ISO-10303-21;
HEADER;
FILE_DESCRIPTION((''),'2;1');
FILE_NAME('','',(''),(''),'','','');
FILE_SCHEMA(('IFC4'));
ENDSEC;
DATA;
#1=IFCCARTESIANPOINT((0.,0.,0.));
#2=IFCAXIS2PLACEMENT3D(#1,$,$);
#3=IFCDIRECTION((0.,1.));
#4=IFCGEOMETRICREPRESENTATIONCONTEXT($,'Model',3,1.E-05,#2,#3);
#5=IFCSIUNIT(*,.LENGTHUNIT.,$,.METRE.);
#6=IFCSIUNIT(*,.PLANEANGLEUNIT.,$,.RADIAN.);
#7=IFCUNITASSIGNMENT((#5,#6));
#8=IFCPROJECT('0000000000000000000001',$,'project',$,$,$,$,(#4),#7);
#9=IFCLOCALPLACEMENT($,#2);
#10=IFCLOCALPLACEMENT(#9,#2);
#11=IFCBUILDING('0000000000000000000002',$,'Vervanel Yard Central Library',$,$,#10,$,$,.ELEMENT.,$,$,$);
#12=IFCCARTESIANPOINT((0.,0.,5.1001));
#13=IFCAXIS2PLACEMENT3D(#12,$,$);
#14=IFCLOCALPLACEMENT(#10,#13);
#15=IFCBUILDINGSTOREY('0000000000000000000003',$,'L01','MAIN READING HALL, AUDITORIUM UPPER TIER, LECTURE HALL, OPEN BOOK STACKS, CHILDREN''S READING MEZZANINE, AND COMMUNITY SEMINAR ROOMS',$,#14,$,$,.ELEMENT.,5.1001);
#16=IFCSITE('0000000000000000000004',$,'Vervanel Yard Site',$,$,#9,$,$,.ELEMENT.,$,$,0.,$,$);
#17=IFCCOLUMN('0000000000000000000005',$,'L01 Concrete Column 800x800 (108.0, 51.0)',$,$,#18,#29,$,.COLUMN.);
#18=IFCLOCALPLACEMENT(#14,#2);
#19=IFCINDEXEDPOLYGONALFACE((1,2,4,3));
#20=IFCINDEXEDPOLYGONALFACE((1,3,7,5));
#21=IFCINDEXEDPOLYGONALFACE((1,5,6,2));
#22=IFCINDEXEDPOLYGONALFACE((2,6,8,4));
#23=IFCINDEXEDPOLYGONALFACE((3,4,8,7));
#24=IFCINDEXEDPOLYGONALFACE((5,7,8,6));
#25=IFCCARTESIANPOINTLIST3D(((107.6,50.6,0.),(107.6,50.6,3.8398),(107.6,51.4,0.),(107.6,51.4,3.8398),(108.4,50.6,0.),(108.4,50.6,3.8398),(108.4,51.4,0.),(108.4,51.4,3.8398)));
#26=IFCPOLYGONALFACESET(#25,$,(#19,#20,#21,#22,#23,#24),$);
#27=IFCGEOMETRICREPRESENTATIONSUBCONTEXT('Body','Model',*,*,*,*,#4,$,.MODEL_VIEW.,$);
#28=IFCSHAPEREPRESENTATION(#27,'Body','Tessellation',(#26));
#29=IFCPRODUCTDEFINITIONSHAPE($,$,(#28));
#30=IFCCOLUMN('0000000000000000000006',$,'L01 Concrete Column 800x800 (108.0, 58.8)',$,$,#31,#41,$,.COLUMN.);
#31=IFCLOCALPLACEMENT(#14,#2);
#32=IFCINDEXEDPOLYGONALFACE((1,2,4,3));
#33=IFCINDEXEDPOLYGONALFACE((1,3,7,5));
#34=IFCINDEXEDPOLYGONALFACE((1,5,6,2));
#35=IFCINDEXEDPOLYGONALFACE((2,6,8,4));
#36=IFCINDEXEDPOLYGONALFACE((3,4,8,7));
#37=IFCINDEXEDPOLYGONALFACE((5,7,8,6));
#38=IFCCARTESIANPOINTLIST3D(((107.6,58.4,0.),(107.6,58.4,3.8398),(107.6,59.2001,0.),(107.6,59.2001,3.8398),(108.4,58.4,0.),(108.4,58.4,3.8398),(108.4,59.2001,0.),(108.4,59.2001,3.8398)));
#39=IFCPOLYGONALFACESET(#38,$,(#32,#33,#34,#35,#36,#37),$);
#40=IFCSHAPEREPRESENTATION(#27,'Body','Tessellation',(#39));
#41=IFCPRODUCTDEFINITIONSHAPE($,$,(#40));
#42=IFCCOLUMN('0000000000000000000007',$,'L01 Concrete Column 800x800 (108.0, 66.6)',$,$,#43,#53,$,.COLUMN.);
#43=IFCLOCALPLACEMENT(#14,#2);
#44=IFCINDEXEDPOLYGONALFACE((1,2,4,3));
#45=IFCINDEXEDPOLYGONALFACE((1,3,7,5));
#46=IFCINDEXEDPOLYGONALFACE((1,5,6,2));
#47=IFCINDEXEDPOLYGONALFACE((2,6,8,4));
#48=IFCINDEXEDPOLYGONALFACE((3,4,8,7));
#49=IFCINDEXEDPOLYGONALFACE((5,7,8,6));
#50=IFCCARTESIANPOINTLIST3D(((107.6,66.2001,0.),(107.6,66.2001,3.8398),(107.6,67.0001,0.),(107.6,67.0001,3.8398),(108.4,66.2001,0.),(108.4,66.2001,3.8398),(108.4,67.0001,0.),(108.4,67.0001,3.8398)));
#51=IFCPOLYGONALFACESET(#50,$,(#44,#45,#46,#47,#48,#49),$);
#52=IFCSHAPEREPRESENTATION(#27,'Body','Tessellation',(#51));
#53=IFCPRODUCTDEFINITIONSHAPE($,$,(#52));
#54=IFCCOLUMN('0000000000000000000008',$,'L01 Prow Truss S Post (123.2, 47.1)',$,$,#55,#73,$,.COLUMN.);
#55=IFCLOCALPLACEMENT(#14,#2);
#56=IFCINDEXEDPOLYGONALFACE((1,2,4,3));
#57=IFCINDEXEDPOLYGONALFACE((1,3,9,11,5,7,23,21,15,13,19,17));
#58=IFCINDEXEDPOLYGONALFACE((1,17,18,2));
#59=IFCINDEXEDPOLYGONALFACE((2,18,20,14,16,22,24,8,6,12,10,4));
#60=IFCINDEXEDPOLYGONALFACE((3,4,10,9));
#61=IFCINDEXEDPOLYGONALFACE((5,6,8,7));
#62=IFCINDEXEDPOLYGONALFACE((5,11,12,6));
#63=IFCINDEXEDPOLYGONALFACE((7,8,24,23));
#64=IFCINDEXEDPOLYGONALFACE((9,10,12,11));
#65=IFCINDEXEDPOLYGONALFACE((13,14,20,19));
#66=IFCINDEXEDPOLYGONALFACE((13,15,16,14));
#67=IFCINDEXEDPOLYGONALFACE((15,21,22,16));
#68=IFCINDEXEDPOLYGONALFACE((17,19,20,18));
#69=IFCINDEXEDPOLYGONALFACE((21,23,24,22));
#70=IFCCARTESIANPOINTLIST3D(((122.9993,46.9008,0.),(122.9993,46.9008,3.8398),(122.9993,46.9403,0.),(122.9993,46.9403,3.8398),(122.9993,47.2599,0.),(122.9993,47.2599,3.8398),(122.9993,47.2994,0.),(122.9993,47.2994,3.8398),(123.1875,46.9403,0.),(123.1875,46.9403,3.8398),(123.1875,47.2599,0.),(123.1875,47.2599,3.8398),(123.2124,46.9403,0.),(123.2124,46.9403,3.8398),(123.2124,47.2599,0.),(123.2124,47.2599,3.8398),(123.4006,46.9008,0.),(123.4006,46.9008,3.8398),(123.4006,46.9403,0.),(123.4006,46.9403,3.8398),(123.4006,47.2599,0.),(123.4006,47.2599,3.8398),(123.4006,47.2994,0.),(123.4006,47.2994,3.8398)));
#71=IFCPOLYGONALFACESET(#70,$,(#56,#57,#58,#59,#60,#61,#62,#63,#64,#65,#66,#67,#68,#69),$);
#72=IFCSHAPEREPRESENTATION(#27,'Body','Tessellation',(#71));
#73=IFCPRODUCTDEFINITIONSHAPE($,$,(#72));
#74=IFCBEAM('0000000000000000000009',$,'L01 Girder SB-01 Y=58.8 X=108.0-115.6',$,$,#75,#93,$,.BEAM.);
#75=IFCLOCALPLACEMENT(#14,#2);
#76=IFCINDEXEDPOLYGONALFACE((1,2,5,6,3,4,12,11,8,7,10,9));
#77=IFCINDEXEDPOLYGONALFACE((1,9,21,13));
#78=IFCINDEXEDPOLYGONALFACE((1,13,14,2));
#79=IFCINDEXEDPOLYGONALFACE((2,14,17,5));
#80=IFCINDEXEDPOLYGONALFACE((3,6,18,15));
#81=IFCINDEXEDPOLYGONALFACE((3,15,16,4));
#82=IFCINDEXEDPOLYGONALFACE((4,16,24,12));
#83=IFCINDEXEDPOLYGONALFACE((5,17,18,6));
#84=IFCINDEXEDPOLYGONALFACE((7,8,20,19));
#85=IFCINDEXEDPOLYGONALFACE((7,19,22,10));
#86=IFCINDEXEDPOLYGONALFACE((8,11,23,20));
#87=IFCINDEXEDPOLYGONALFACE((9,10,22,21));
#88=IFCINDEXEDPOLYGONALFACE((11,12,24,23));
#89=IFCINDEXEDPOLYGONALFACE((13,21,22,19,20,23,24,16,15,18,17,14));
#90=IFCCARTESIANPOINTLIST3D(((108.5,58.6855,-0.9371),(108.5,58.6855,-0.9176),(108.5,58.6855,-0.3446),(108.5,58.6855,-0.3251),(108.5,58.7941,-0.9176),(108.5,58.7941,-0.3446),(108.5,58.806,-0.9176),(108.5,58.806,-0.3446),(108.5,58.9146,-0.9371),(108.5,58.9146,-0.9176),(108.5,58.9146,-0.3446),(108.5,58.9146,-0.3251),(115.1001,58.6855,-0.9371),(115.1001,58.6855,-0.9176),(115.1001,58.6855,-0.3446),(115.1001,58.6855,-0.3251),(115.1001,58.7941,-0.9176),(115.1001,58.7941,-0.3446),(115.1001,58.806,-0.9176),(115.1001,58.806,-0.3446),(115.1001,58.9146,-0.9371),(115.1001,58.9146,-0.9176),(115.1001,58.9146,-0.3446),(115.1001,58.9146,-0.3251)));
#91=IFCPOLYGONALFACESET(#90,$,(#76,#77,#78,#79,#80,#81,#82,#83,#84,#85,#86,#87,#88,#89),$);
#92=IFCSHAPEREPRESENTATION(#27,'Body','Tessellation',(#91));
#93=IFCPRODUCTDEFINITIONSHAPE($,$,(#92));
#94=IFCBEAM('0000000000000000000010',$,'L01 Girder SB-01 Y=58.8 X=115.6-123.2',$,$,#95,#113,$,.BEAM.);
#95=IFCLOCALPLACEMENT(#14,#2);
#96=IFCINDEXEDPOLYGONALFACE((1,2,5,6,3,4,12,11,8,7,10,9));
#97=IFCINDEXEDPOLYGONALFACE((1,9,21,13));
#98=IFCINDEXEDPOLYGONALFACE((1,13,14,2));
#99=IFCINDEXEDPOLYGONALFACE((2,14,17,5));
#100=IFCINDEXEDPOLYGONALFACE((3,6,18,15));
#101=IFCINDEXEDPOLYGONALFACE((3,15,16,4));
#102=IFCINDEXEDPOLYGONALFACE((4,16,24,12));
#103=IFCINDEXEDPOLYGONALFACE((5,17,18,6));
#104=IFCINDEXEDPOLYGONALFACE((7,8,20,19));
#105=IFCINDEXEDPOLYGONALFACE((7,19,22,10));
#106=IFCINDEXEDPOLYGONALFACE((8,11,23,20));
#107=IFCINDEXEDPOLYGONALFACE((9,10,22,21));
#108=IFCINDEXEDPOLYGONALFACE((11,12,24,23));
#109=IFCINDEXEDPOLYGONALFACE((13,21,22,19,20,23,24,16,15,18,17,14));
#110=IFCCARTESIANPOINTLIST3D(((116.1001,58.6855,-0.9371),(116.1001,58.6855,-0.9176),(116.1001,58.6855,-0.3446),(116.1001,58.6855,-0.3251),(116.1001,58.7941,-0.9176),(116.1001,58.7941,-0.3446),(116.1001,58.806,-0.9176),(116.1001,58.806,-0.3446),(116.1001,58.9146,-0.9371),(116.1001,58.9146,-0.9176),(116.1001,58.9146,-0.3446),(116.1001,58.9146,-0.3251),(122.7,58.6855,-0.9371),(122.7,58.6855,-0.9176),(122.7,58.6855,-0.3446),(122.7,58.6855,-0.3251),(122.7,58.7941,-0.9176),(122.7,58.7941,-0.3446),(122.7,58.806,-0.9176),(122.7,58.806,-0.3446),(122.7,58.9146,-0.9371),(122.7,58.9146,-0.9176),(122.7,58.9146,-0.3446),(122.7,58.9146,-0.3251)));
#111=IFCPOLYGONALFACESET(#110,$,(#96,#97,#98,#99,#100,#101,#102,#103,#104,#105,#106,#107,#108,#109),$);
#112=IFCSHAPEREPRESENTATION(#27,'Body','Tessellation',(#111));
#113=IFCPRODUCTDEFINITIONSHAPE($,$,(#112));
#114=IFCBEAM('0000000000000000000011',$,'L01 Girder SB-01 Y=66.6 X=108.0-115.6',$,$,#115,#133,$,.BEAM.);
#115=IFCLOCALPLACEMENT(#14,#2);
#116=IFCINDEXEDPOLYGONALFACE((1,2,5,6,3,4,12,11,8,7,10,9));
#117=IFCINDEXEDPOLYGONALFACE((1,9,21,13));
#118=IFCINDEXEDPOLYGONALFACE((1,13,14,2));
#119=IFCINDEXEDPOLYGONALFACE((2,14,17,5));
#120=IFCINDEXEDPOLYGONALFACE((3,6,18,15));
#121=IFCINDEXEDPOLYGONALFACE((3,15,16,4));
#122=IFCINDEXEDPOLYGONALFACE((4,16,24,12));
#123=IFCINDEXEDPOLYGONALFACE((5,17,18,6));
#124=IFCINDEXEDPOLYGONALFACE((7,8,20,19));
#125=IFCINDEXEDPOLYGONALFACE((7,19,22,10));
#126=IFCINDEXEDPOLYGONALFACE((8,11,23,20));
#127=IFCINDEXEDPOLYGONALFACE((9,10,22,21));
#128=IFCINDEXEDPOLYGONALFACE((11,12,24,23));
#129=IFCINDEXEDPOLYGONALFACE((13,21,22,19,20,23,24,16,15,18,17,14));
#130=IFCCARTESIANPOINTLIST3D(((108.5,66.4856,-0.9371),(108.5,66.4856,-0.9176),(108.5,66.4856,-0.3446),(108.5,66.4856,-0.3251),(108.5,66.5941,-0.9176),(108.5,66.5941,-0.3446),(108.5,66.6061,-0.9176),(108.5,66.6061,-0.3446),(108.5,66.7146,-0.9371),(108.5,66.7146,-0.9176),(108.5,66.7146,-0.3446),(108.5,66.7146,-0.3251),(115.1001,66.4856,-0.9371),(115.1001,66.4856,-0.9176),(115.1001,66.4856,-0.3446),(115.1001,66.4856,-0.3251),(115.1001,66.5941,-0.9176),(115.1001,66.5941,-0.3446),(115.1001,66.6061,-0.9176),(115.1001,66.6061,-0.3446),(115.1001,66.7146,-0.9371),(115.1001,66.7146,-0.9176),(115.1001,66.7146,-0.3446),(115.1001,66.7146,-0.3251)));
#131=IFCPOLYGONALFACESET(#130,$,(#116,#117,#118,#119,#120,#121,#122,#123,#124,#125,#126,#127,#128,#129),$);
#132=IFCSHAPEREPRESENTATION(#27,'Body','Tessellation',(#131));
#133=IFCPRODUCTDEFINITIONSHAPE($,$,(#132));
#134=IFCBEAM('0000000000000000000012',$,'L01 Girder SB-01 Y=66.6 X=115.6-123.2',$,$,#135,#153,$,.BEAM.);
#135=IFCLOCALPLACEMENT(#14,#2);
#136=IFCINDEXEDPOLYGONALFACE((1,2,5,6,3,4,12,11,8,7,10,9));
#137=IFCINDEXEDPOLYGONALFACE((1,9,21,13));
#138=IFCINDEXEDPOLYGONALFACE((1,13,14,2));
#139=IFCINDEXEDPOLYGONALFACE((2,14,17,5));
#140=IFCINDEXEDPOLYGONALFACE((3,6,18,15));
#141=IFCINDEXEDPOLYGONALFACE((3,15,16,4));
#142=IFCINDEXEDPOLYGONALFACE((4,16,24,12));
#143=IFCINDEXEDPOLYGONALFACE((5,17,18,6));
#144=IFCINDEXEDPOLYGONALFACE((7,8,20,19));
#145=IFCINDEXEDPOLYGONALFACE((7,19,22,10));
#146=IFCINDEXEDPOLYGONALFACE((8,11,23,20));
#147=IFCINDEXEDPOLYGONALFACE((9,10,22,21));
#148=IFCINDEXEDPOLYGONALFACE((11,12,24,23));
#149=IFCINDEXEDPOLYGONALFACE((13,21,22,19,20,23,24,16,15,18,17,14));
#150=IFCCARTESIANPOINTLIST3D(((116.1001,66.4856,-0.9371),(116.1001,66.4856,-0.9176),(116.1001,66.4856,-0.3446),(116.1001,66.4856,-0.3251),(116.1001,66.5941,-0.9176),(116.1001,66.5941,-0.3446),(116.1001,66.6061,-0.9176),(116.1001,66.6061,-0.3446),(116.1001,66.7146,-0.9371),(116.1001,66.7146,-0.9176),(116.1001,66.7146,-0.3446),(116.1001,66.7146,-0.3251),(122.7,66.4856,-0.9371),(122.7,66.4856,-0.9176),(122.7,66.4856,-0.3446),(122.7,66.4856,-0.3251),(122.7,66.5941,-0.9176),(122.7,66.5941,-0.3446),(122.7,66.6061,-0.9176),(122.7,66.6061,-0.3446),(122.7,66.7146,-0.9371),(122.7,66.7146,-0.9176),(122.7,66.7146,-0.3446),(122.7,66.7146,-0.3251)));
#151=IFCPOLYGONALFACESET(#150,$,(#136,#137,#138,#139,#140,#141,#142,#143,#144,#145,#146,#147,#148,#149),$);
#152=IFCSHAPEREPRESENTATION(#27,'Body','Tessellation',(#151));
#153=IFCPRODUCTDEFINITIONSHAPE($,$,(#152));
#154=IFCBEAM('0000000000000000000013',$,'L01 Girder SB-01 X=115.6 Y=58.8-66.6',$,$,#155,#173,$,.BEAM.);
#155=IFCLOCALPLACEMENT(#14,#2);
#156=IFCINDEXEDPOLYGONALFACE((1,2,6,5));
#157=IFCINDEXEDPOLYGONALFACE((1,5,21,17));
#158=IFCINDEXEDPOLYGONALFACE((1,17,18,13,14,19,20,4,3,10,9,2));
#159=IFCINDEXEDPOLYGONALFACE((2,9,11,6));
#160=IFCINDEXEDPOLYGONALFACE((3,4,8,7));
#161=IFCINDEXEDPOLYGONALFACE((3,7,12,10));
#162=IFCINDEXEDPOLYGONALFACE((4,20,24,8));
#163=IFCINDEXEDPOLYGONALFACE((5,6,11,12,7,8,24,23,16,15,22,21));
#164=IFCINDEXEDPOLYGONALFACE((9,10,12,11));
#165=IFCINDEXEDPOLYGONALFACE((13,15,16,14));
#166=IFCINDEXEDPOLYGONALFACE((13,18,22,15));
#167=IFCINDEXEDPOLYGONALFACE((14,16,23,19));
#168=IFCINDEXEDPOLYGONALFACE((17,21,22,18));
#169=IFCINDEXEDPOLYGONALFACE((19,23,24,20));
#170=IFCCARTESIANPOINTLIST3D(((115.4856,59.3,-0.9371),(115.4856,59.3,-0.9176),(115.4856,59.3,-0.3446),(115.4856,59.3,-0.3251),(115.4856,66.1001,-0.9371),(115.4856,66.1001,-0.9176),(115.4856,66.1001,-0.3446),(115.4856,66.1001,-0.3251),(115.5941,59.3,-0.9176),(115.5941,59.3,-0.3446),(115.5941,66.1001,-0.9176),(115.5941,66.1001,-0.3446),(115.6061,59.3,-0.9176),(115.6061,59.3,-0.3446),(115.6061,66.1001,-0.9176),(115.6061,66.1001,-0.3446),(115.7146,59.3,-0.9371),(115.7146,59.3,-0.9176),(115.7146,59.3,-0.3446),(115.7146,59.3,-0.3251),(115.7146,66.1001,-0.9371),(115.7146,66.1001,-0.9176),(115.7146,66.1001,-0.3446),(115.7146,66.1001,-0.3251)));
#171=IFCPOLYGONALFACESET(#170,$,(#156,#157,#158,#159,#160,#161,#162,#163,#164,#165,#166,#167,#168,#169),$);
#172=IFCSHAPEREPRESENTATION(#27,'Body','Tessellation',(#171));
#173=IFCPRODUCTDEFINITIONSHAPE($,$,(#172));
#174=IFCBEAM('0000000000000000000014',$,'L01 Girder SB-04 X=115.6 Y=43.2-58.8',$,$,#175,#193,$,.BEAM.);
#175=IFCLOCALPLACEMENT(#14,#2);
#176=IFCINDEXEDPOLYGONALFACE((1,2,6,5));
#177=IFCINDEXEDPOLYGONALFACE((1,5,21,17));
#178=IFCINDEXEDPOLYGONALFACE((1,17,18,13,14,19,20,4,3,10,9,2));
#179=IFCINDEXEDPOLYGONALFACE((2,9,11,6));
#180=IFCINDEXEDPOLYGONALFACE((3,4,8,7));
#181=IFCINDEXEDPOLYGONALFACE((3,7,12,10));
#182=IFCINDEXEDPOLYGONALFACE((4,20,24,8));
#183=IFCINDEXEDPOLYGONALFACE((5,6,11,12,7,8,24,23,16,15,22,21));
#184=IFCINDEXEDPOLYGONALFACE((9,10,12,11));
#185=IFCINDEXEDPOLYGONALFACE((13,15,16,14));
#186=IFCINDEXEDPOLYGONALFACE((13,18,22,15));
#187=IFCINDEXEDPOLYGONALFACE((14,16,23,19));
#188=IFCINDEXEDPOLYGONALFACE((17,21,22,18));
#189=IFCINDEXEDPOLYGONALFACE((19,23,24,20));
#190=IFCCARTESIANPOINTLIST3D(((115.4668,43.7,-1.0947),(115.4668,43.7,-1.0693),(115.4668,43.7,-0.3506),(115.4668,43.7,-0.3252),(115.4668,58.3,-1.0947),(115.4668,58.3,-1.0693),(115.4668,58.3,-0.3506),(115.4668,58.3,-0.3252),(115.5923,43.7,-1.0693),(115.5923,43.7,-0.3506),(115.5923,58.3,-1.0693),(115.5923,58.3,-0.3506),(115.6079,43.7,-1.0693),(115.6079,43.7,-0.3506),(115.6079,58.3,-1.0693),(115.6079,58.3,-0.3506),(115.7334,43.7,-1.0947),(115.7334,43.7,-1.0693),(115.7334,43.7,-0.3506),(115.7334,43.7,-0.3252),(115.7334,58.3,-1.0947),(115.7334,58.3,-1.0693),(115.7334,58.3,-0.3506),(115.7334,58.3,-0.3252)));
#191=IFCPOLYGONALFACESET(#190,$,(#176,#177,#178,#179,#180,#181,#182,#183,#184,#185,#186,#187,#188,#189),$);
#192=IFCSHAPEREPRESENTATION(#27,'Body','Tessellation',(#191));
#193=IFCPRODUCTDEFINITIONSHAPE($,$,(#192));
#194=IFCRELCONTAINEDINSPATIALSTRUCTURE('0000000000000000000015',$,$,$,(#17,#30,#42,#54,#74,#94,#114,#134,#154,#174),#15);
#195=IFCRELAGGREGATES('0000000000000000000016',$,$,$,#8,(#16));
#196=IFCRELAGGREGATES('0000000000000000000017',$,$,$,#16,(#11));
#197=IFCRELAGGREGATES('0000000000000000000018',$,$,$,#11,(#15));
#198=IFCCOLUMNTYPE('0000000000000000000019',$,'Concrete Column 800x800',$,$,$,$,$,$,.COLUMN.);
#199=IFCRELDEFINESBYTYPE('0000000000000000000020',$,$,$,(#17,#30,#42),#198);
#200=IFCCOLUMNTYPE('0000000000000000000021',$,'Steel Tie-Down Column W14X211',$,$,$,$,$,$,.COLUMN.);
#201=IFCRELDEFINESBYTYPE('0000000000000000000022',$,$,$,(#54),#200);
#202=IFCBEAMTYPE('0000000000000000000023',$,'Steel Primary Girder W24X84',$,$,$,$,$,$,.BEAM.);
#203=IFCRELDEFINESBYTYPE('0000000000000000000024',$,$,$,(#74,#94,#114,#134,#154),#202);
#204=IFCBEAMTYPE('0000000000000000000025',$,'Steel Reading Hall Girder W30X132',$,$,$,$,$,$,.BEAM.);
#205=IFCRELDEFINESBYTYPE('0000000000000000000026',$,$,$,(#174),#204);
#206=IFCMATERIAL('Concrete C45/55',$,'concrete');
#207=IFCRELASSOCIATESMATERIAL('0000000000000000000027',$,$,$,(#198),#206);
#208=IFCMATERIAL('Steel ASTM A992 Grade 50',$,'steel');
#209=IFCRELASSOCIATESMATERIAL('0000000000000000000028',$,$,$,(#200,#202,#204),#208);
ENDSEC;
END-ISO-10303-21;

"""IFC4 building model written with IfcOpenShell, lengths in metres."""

from ifc_helpers import new_model, si_unit, direction, frame, origin, origin_2d, place, context, subcontext, project, spatial, rectangle, i_section, extrude, material, material_profile, profile_set, type_object, element, save


model = new_model("IFC4")

# Units and contexts
model_context = context("Model", 3, precision=1e-05, world=origin(), true_north=direction((0.0, 1.0)))
body_context = subcontext(model_context, "Body", "Model", "MODEL_VIEW")
ifc_project = project(units=[si_unit("LENGTHUNIT", "METRE"), si_unit("PLANEANGLEUNIT", "RADIAN")], contexts=[model_context])

# Site, building, storey
site_placement = place(None, origin())
site = spatial("IfcSite", under=ifc_project, at=site_placement, Name="Vervanel Yard Site", CompositionType="ELEMENT", RefElevation=0.0)
building_placement = place(site_placement, origin())
building = spatial("IfcBuilding", under=site, at=building_placement, Name="Vervanel Yard Central Library", CompositionType="ELEMENT")
storey_placement = place(building_placement, frame((0.0, 0.0, 5.1001)))
storey = spatial("IfcBuildingStorey", under=building, at=storey_placement, Name="L01", Description="MAIN READING HALL, AUDITORIUM UPPER TIER, LECTURE HALL, OPEN BOOK STACKS, CHILDREN'S READING MEZZANINE, AND COMMUNITY SEMINAR ROOMS", CompositionType="ELEMENT", Elevation=5.1001)

# Columns
ifc_material_1 = material(Name="Concrete C45/55", Category="concrete")
ifc_material_profile_1 = material_profile(ifc_material_1, rectangle(XDim=0.8, YDim=0.8, at=origin_2d()), Name="RC 800x800", Category="concrete")
ifc_profile_set_1 = profile_set([ifc_material_profile_1], Name="Concrete C45/55")
column_type_1 = type_object("IfcColumnType", Name="Concrete Column 800x800", PredefinedType="COLUMN", material=ifc_profile_set_1)
for number, where, z_axis, x_axis, name in (
    (1, (108.0, 51.0, 0.0), (0.0, 0.0, 1.0), (1.0, 0.0, 0.0), "L01 Concrete Column 800x800 (108.0, 51.0)"),
    (2, (108.0, 58.8, 0.0), (0.0, 0.0, 1.0), (1.0, 0.0, 0.0), "L01 Concrete Column 800x800 (108.0, 58.8)"),
    (3, (108.0, 66.6001, 0.0), (0.0, 0.0, 1.0), (1.0, 0.0, 0.0), "L01 Concrete Column 800x800 (108.0, 66.6)"),
):
    element("IfcColumn", number, at=place(storey_placement, frame(where, z_axis=z_axis, x_axis=x_axis)), inside=storey, type_object=column_type_1, Name=name, PredefinedType="COLUMN", context=body_context, shape_type="SweptSolid", body=[
        extrude(rectangle(XDim=0.8, YDim=0.8, at=origin_2d()), origin(), (0.0, 0.0, 1.0), 3.8398),
    ])
ifc_material_2 = material(Name="Steel ASTM A992 Grade 50", Category="steel")
ifc_material_profile_2 = material_profile(ifc_material_2, i_section(OverallWidth=0.4014, OverallDepth=0.3987, WebThickness=0.0249, FlangeThickness=0.0396, at=origin_2d()), Name="W14X211", Category="steel")
ifc_profile_set_2 = profile_set([ifc_material_profile_2], Name="Steel ASTM A992 Grade 50")
column_type_2 = type_object("IfcColumnType", Name="Steel Tie-Down Column W14X211", PredefinedType="COLUMN", material=ifc_profile_set_2)
column_placement = place(storey_placement, frame((123.2, 47.1001, 0.0), z_axis=(0.0, 0.0, 1.0), x_axis=(1.0, 0.0, 0.0)))
element("IfcColumn", 4, at=column_placement, inside=storey, type_object=column_type_2, Name="L01 Prow Truss S Post (123.2, 47.1)", PredefinedType="COLUMN", context=body_context, shape_type="SweptSolid", body=[
    extrude(i_section(OverallWidth=0.4014, OverallDepth=0.3987, WebThickness=0.0249, FlangeThickness=0.0396, at=origin_2d()), origin(), (0.0, 0.0, 1.0), 3.8398),
])

# Beams
ifc_material_profile_3 = material_profile(ifc_material_2, i_section(OverallWidth=0.229, OverallDepth=0.6121, WebThickness=0.012, FlangeThickness=0.0195, at=origin_2d()), Name="W24X84", Category="steel")
ifc_profile_set_3 = profile_set([ifc_material_profile_3], Name="Steel ASTM A992 Grade 50")
beam_type_1 = type_object("IfcBeamType", Name="Steel Primary Girder W24X84", PredefinedType="BEAM", material=ifc_profile_set_3)
beam_1_placement = place(storey_placement, frame((108.5, 58.8, -0.6311), z_axis=(1.0, 0.0, 0.0), x_axis=(0.0, 1.0, 0.0)))
element("IfcBeam", 5, at=beam_1_placement, inside=storey, type_object=beam_type_1, Name="L01 Girder SB-01 Y=58.8 X=108.0-115.6", PredefinedType="BEAM", context=body_context, shape_type="SweptSolid", body=[
    extrude(i_section(OverallWidth=0.229, OverallDepth=0.6121, WebThickness=0.012, FlangeThickness=0.0195, at=origin_2d()), origin(), (0.0, 0.0, 1.0), 6.6001),
])
beam_2_placement = place(storey_placement, frame((116.1001, 58.8, -0.6311), z_axis=(1.0, 0.0, 0.0), x_axis=(0.0, 1.0, 0.0)))
element("IfcBeam", 6, at=beam_2_placement, inside=storey, type_object=beam_type_1, Name="L01 Girder SB-01 Y=58.8 X=115.6-123.2", PredefinedType="BEAM", context=body_context, shape_type="SweptSolid", body=[
    extrude(i_section(OverallWidth=0.229, OverallDepth=0.6121, WebThickness=0.012, FlangeThickness=0.0195, at=origin_2d()), origin(), (0.0, 0.0, 1.0), 6.5999),
])
beam_3_placement = place(storey_placement, frame((108.5, 66.6001, -0.6311), z_axis=(1.0, 0.0, 0.0), x_axis=(0.0, 1.0, 0.0)))
element("IfcBeam", 7, at=beam_3_placement, inside=storey, type_object=beam_type_1, Name="L01 Girder SB-01 Y=66.6 X=108.0-115.6", PredefinedType="BEAM", context=body_context, shape_type="SweptSolid", body=[
    extrude(i_section(OverallWidth=0.229, OverallDepth=0.6121, WebThickness=0.012, FlangeThickness=0.0195, at=origin_2d()), origin(), (0.0, 0.0, 1.0), 6.6001),
])
beam_4_placement = place(storey_placement, frame((116.1001, 66.6001, -0.6311), z_axis=(1.0, 0.0, 0.0), x_axis=(0.0, 1.0, 0.0)))
element("IfcBeam", 8, at=beam_4_placement, inside=storey, type_object=beam_type_1, Name="L01 Girder SB-01 Y=66.6 X=115.6-123.2", PredefinedType="BEAM", context=body_context, shape_type="SweptSolid", body=[
    extrude(i_section(OverallWidth=0.229, OverallDepth=0.6121, WebThickness=0.012, FlangeThickness=0.0195, at=origin_2d()), origin(), (0.0, 0.0, 1.0), 6.5999),
])
beam_5_placement = place(storey_placement, frame((115.6001, 59.3, -0.6311), z_axis=(0.0, 1.0, 0.0), x_axis=(-1.0, 0.0, 0.0)))
element("IfcBeam", 9, at=beam_5_placement, inside=storey, type_object=beam_type_1, Name="L01 Girder SB-01 X=115.6 Y=58.8-66.6", PredefinedType="BEAM", context=body_context, shape_type="SweptSolid", body=[
    extrude(i_section(OverallWidth=0.229, OverallDepth=0.6121, WebThickness=0.012, FlangeThickness=0.0195, at=origin_2d()), origin(), (0.0, 0.0, 1.0), 6.8),
])
ifc_material_profile_4 = material_profile(ifc_material_2, i_section(OverallWidth=0.2666, OverallDepth=0.7695, WebThickness=0.0156, FlangeThickness=0.0254, at=origin_2d()), Name="W30X132", Category="steel")
ifc_profile_set_4 = profile_set([ifc_material_profile_4], Name="Steel ASTM A992 Grade 50")
beam_type_2 = type_object("IfcBeamType", Name="Steel Reading Hall Girder W30X132", PredefinedType="BEAM", material=ifc_profile_set_4)
beam_6_placement = place(storey_placement, frame((115.6001, 43.7, -0.71), z_axis=(0.0, 1.0, 0.0), x_axis=(-1.0, 0.0, 0.0)))
element("IfcBeam", 10, at=beam_6_placement, inside=storey, type_object=beam_type_2, Name="L01 Girder SB-04 X=115.6 Y=43.2-58.8", PredefinedType="BEAM", context=body_context, shape_type="SweptSolid", body=[
    extrude(i_section(OverallWidth=0.2666, OverallDepth=0.7695, WebThickness=0.0156, FlangeThickness=0.0254, at=origin_2d()), origin(), (0.0, 0.0, 1.0), 14.6001),
])

save(model, "model.ifc")
